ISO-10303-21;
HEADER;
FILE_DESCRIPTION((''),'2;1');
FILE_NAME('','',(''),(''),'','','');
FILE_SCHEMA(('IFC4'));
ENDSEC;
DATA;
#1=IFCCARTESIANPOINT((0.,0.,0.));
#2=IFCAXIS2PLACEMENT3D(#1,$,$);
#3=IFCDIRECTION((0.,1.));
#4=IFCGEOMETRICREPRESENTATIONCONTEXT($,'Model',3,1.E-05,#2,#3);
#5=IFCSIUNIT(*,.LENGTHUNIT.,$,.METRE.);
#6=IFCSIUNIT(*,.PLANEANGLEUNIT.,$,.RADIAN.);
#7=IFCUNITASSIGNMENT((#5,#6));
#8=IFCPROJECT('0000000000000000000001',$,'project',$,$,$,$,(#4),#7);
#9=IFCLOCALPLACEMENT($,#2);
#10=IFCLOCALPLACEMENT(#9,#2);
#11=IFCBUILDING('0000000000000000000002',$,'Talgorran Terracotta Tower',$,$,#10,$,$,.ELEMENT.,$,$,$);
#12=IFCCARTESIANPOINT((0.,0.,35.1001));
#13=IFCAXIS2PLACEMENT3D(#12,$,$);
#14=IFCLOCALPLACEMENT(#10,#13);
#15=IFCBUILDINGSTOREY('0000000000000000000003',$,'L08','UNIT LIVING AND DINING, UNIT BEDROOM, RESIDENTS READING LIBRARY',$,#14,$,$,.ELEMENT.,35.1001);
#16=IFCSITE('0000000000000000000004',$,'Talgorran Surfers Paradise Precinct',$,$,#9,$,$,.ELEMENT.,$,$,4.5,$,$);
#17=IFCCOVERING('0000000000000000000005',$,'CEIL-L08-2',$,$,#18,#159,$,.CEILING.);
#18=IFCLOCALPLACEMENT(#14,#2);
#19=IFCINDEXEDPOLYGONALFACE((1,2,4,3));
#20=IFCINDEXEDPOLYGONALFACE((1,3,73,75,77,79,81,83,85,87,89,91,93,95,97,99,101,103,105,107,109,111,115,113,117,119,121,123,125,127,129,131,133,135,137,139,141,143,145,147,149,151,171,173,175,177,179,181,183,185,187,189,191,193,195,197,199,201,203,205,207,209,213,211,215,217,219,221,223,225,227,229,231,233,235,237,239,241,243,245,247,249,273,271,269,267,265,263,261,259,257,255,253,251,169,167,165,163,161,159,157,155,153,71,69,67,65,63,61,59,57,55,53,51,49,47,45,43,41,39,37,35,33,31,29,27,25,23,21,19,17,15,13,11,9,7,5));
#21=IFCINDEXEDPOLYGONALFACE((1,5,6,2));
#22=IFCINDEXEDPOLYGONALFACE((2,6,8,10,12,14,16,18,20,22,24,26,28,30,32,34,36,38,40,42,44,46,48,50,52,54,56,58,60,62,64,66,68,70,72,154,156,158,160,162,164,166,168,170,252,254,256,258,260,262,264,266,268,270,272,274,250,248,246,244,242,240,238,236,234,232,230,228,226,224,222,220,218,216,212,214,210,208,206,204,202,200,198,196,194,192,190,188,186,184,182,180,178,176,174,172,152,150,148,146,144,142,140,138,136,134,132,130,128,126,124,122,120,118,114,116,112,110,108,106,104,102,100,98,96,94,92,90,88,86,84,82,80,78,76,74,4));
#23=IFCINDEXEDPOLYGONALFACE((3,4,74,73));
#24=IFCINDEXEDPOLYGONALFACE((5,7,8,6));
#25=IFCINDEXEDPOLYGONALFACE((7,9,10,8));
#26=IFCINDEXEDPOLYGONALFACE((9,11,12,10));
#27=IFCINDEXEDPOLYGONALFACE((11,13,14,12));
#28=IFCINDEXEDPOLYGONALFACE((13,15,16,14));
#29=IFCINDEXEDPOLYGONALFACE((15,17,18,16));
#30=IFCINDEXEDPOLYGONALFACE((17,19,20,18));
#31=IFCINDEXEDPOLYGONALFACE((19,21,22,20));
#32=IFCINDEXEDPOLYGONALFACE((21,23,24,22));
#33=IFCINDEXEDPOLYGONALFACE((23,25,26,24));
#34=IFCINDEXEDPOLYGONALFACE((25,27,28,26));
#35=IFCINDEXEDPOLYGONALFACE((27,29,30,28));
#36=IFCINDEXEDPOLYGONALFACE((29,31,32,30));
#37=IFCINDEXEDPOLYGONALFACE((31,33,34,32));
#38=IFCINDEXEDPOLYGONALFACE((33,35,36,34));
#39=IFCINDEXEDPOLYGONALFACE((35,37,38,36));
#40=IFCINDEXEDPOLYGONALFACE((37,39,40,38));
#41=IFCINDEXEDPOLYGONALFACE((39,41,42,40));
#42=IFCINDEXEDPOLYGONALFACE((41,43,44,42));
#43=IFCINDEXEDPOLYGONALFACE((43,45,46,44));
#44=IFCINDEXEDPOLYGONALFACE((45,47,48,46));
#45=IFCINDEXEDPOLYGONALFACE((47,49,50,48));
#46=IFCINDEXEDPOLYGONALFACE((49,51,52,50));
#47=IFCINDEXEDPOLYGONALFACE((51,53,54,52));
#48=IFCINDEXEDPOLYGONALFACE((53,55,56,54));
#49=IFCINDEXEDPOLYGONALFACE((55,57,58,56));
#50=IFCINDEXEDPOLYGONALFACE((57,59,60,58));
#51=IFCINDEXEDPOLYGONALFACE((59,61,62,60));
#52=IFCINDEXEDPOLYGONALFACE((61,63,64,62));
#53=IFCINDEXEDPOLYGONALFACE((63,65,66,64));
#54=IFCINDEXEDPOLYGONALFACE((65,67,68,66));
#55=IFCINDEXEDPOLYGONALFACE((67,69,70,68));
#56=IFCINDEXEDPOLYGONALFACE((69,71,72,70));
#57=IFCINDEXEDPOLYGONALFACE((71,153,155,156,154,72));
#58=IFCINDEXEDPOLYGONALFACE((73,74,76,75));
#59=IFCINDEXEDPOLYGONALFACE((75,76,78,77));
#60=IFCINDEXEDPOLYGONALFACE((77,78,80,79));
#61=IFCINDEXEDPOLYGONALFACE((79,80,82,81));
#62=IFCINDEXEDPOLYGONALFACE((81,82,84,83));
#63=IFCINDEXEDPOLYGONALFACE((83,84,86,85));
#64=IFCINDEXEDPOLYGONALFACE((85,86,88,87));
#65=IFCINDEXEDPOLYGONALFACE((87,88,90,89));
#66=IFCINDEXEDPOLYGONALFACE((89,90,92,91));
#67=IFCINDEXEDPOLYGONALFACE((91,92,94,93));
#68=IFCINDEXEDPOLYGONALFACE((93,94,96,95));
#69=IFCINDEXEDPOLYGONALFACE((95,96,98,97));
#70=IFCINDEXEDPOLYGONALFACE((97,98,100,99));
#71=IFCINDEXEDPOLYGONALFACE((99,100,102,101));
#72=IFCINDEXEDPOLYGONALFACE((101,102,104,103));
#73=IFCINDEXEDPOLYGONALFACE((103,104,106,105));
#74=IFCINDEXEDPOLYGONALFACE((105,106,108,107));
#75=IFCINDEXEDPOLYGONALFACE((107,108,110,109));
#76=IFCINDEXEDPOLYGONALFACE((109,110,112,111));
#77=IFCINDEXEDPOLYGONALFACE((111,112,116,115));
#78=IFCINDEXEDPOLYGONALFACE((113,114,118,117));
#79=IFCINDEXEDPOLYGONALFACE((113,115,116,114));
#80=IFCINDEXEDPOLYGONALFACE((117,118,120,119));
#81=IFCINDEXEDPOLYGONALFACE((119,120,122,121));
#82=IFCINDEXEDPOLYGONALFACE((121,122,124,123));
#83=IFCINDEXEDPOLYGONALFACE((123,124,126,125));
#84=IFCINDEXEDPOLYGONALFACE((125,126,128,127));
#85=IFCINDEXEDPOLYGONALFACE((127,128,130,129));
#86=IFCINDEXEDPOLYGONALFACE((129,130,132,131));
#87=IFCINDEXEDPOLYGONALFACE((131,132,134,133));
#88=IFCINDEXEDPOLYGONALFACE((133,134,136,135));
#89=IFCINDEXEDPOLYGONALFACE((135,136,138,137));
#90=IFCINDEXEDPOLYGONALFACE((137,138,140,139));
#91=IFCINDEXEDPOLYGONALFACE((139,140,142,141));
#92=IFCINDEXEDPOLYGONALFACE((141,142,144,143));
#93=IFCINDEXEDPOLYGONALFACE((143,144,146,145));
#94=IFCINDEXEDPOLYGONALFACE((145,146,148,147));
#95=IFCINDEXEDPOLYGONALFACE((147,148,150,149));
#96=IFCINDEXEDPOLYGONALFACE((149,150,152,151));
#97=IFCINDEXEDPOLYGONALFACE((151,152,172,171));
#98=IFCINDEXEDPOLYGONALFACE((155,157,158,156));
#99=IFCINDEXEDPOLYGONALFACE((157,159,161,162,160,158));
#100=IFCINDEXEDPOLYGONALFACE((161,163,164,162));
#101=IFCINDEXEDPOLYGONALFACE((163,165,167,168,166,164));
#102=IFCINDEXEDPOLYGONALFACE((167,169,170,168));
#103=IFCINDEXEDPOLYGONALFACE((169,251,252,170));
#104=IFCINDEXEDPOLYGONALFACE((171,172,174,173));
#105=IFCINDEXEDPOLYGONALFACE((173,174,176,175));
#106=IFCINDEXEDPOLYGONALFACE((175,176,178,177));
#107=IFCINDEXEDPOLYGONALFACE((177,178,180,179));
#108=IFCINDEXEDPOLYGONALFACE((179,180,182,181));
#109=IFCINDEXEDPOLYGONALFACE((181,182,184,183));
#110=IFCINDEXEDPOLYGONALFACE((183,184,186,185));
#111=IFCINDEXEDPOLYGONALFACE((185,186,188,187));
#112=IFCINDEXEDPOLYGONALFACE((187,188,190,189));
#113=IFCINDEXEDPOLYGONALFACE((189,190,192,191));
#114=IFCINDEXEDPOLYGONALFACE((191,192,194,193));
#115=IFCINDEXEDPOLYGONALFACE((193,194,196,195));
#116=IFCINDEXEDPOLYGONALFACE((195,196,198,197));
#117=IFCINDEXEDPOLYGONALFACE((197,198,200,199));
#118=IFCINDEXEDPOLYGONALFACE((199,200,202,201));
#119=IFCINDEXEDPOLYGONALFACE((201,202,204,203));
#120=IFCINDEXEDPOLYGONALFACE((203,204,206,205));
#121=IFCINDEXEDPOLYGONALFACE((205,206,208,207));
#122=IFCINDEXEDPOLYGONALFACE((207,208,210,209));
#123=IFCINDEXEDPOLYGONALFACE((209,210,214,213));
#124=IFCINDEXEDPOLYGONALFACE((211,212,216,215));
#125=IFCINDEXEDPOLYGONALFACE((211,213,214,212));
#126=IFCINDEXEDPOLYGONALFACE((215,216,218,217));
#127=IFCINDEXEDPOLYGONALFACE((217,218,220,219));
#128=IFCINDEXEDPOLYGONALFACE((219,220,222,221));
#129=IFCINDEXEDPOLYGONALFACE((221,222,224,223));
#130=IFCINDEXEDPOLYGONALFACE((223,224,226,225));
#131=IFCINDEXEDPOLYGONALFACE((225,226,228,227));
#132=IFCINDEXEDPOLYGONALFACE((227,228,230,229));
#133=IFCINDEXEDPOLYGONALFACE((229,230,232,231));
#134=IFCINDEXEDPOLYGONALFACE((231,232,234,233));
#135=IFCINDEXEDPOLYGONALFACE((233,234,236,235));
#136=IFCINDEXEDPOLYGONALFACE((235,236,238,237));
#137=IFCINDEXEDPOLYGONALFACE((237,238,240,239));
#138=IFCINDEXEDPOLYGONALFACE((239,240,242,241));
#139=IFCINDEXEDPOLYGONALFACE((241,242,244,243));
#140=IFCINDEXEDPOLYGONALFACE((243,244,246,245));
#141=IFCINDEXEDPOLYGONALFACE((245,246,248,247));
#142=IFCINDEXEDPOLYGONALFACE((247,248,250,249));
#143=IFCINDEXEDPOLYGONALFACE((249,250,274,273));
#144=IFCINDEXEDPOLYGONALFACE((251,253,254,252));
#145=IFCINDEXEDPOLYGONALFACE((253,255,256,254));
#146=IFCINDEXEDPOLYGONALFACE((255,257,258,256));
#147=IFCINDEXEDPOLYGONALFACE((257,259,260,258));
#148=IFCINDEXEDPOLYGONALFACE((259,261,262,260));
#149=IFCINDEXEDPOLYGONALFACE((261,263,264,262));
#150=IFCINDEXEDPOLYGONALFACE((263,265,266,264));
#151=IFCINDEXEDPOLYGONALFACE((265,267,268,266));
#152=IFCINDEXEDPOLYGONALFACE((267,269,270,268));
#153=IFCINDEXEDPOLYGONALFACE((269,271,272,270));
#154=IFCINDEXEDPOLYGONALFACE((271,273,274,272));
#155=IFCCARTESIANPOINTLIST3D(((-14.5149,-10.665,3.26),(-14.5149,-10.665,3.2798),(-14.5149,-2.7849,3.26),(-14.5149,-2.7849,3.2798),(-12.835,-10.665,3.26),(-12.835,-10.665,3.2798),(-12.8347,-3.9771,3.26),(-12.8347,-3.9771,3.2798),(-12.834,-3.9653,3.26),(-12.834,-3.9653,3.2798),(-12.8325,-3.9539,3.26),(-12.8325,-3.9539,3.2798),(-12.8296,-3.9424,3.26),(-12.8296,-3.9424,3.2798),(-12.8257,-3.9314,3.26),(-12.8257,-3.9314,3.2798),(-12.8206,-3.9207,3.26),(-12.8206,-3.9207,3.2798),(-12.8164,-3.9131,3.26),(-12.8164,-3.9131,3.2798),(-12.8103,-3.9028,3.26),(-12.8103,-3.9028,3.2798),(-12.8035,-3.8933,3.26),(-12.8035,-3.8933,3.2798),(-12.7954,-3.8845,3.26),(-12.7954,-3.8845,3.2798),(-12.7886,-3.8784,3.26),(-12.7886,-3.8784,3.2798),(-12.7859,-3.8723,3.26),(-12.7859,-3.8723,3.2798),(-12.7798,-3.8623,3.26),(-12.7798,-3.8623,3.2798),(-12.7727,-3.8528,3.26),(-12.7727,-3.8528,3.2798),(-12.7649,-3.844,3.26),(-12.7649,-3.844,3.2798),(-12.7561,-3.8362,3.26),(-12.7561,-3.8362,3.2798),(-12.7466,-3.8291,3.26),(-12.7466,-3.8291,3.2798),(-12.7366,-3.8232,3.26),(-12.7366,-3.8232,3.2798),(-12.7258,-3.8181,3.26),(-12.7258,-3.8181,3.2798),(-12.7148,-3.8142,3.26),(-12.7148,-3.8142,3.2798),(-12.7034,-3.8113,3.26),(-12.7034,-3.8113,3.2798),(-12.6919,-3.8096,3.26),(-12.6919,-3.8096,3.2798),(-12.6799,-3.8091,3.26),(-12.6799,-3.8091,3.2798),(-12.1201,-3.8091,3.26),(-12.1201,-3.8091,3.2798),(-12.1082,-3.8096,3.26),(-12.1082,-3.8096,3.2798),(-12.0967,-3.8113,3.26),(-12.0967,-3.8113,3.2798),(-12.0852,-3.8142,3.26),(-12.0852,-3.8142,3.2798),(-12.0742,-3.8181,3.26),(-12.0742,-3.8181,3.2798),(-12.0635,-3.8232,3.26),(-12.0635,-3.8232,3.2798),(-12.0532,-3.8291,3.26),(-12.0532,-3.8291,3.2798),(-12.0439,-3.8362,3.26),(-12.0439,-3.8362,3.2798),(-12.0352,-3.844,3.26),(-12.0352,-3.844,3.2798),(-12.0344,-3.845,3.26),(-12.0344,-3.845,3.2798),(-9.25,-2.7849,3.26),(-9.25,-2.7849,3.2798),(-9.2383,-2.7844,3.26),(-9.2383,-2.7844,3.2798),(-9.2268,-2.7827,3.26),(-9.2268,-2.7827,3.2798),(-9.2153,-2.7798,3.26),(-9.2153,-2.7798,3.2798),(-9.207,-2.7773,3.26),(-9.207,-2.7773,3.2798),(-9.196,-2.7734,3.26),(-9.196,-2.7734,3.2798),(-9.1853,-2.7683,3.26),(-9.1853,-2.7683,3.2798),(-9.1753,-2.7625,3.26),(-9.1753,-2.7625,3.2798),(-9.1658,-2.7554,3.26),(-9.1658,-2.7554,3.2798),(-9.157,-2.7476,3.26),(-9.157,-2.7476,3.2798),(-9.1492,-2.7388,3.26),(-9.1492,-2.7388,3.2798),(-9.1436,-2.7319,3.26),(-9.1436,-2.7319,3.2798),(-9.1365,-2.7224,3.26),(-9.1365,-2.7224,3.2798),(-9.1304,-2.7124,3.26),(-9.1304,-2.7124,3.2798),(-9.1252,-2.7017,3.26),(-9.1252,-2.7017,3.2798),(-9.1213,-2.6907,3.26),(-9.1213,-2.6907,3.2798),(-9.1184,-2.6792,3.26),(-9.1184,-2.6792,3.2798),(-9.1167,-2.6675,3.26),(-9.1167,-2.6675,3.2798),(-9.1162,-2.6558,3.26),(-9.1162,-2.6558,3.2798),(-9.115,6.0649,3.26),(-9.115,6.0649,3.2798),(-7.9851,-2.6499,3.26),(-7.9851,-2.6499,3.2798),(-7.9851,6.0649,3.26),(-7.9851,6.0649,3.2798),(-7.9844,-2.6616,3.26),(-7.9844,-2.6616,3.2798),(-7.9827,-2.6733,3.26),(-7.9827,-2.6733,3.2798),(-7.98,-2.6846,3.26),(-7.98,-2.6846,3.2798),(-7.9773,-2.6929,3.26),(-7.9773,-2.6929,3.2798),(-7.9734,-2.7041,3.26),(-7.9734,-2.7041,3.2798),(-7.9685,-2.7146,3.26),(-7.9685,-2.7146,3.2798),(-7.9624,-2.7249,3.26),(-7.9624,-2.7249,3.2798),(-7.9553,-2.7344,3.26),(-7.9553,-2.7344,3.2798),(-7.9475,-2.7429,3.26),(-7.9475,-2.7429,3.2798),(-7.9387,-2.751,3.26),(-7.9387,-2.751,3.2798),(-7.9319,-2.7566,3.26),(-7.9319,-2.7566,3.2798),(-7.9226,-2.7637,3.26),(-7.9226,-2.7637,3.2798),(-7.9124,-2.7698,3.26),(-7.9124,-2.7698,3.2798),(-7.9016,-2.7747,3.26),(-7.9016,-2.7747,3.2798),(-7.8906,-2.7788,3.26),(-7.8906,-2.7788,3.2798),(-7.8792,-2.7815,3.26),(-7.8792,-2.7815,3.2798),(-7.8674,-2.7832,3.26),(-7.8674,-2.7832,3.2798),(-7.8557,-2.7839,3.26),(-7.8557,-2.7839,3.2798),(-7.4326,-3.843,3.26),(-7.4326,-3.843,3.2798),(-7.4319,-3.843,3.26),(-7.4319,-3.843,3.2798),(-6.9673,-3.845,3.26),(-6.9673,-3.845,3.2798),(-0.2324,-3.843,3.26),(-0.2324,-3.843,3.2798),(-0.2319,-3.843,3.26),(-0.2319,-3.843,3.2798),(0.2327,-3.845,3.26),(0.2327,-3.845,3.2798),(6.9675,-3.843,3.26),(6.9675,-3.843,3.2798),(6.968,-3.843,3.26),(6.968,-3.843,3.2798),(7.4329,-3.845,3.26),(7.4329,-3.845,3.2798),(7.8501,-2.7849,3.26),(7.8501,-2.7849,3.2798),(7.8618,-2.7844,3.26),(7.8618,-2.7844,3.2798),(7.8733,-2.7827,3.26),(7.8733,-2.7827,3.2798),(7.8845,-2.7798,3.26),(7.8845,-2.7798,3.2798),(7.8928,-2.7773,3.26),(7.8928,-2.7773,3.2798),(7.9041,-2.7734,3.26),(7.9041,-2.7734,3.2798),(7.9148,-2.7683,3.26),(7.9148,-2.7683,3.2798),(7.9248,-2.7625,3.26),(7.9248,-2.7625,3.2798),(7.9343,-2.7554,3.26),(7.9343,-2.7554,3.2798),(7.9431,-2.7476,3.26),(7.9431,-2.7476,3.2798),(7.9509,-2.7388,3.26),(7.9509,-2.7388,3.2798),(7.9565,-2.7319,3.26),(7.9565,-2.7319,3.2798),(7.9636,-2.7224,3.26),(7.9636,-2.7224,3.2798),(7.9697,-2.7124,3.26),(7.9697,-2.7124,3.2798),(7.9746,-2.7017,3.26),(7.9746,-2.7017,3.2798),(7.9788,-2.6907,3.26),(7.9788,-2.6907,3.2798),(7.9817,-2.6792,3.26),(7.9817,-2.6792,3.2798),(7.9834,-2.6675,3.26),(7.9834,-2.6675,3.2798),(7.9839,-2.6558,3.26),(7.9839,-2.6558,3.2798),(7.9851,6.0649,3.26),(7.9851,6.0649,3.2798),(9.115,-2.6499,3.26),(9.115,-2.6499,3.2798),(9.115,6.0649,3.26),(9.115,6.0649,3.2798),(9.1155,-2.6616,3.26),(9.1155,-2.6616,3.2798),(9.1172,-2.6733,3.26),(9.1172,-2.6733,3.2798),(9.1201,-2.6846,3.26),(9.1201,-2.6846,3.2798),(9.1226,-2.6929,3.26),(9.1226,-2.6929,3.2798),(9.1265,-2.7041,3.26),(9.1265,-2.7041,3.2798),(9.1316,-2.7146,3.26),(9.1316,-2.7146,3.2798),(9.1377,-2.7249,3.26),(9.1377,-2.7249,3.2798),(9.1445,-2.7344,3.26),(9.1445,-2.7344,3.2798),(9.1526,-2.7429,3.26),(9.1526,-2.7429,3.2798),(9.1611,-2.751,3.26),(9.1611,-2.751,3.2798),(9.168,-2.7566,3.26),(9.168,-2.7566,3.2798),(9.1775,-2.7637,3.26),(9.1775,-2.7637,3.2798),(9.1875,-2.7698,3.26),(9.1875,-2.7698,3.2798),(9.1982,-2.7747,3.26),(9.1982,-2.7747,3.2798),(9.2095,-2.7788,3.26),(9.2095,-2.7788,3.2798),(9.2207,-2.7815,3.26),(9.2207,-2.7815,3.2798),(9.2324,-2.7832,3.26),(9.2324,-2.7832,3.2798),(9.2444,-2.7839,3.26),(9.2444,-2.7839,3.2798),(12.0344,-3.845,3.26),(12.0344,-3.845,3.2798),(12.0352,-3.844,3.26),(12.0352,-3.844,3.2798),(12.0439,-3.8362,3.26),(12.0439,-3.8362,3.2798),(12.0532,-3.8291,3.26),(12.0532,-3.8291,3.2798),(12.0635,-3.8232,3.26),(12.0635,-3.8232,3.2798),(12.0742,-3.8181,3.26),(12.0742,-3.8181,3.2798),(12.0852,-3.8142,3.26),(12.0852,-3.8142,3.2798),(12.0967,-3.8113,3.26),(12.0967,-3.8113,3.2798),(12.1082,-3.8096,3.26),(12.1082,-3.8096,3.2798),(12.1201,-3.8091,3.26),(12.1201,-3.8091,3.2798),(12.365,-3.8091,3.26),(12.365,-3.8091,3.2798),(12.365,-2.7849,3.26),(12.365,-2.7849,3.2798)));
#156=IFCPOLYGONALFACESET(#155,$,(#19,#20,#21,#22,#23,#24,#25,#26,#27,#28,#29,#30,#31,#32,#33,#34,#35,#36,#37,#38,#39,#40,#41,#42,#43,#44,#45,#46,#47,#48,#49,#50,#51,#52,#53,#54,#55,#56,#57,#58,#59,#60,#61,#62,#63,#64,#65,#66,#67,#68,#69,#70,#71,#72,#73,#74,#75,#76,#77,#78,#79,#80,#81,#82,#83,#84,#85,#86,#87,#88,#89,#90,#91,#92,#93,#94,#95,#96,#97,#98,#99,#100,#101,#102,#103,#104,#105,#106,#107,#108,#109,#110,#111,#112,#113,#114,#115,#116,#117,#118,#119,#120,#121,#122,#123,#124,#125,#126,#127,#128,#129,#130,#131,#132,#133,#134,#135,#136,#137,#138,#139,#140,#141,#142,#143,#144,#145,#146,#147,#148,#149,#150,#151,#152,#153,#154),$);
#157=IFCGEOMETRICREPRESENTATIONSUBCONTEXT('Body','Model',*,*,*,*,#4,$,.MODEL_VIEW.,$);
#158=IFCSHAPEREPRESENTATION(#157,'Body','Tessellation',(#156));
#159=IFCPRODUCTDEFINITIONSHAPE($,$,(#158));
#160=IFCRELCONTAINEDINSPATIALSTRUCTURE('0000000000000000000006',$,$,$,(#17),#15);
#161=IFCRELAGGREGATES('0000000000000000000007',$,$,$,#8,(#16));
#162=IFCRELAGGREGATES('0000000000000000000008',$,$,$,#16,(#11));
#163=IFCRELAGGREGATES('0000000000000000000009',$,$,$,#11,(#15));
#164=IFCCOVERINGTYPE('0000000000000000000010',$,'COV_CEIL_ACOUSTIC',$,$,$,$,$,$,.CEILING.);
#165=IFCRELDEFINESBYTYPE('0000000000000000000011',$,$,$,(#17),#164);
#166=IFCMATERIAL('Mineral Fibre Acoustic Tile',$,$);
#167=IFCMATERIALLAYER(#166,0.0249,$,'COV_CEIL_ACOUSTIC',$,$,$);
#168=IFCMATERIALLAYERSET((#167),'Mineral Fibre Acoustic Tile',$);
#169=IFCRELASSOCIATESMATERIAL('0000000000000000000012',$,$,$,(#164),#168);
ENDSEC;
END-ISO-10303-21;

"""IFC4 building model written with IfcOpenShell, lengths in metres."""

from ifc_helpers import new_model, si_unit, direction, frame, origin, place, context, subcontext, project, spatial, polyline, outline, extrude, material, layer, layer_set, type_object, element, save


model = new_model("IFC4")

# Units and contexts
model_context = context("Model", 3, precision=1e-05, world=origin(), true_north=direction((0.0, 1.0)))
body_context = subcontext(model_context, "Body", "Model", "MODEL_VIEW")
ifc_project = project(units=[si_unit("LENGTHUNIT", "METRE"), si_unit("PLANEANGLEUNIT", "RADIAN")], contexts=[model_context])

# Site, building, storey
site_placement = place(None, origin())
site = spatial("IfcSite", under=ifc_project, at=site_placement, Name="Talgorran Surfers Paradise Precinct", CompositionType="ELEMENT", RefElevation=4.5)
building_placement = place(site_placement, origin())
building = spatial("IfcBuilding", under=site, at=building_placement, Name="Talgorran Terracotta Tower", CompositionType="ELEMENT")
storey_placement = place(building_placement, frame((0.0, 0.0, 35.1001)))
storey = spatial("IfcBuildingStorey", under=building, at=storey_placement, Name="L08", Description="UNIT LIVING AND DINING, UNIT BEDROOM, RESIDENTS READING LIBRARY", CompositionType="ELEMENT", Elevation=35.1001)

# Covering
ifc_material_1 = material(Name="Mineral Fibre Acoustic Tile")
ifc_layer_1 = layer(ifc_material_1, 0.0249, Name="COV_CEIL_ACOUSTIC")
ifc_layer_set_1 = layer_set([ifc_layer_1], Name="Mineral Fibre Acoustic Tile")
covering_type_1 = type_object("IfcCoveringType", Name="COV_CEIL_ACOUSTIC", PredefinedType="CEILING", material=ifc_layer_set_1)
covering_1_placement = place(storey_placement, frame((0.0, 0.0, 3.26)))
element("IfcCovering", 1, at=covering_1_placement, inside=storey, type_object=covering_type_1, Name="CEIL-L08-2", PredefinedType="CEILING", context=body_context, shape_type="SweptSolid", body=[
    extrude(outline(polyline([(-12.7886, -3.8784), (-12.7954, -3.8845), (-12.8035, -3.8933), (-12.8103, -3.9028), (-12.8164, -3.9131), (-12.8206, -3.9207), (-12.8257, -3.9314), (-12.8296, -3.9424), (-12.8325, -3.9539), (-12.834, -3.9653), (-12.8347, -3.9771), (-12.835, -10.665), (-14.5149, -10.665), (-14.5149, -2.7849), (-9.25, -2.7849), (-9.2383, -2.7844), (-9.2268, -2.7827), (-9.2153, -2.7798), (-9.207, -2.7773), (-9.196, -2.7734), (-9.1853, -2.7683), (-9.1753, -2.7625), (-9.1658, -2.7554), (-9.157, -2.7476), (-9.1492, -2.7388), (-9.1436, -2.7319), (-9.1365, -2.7224), (-9.1304, -2.7124), (-9.1252, -2.7017), (-9.1213, -2.6907), (-9.1184, -2.6792), (-9.1167, -2.6675), (-9.1162, -2.6558), (-9.115, 6.0649), (-7.9851, 6.0649), (-7.9851, -2.6499), (-7.9844, -2.6616), (-7.9827, -2.6733), (-7.98, -2.6846), (-7.9773, -2.6929), (-7.9734, -2.7041), (-7.9685, -2.7146), (-7.9624, -2.7249), (-7.9553, -2.7344), (-7.9475, -2.7429), (-7.9387, -2.751), (-7.9319, -2.7566), (-7.9226, -2.7637), (-7.9124, -2.7698), (-7.9016, -2.7747), (-7.8906, -2.7788), (-7.8792, -2.7815), (-7.8674, -2.7832), (-7.8557, -2.7839), (7.8501, -2.7849), (7.8618, -2.7844), (7.8733, -2.7827), (7.8845, -2.7798), (7.8928, -2.7773), (7.9041, -2.7734), (7.9148, -2.7683), (7.9248, -2.7625), (7.9343, -2.7554), (7.9431, -2.7476), (7.9509, -2.7388), (7.9565, -2.7319), (7.9636, -2.7224), (7.9697, -2.7124), (7.9746, -2.7017), (7.9788, -2.6907), (7.9817, -2.6792), (7.9834, -2.6675), (7.9839, -2.6558), (7.9851, 6.0649), (9.115, 6.0649), (9.115, -2.6499), (9.1155, -2.6616), (9.1172, -2.6733), (9.1201, -2.6846), (9.1226, -2.6929), (9.1265, -2.7041), (9.1316, -2.7146), (9.1377, -2.7249), (9.1445, -2.7344), (9.1526, -2.7429), (9.1611, -2.751), (9.168, -2.7566), (9.1775, -2.7637), (9.1875, -2.7698), (9.1982, -2.7747), (9.2095, -2.7788), (9.2207, -2.7815), (9.2324, -2.7832), (9.2444, -2.7839), (12.365, -2.7849), (12.365, -3.8091), (12.1201, -3.8091), (12.1082, -3.8096), (12.0967, -3.8113), (12.0852, -3.8142), (12.0742, -3.8181), (12.0635, -3.8232), (12.0532, -3.8291), (12.0439, -3.8362), (12.0352, -3.844), (12.0344, -3.845), (7.4329, -3.845), (6.968, -3.843), (6.9675, -3.843), (0.2327, -3.845), (-0.2319, -3.843), (-0.2324, -3.843), (-6.9673, -3.845), (-7.4319, -3.843), (-7.4326, -3.843), (-12.0344, -3.845), (-12.0352, -3.844), (-12.0439, -3.8362), (-12.0532, -3.8291), (-12.0635, -3.8232), (-12.0742, -3.8181), (-12.0852, -3.8142), (-12.0967, -3.8113), (-12.1082, -3.8096), (-12.1201, -3.8091), (-12.6799, -3.8091), (-12.6919, -3.8096), (-12.7034, -3.8113), (-12.7148, -3.8142), (-12.7258, -3.8181), (-12.7366, -3.8232), (-12.7466, -3.8291), (-12.7561, -3.8362), (-12.7649, -3.844), (-12.7727, -3.8528), (-12.7798, -3.8623), (-12.7859, -3.8723), (-12.7886, -3.8784)])), origin(), (0.0, 0.0, 1.0), 0.0198),
])

save(model, "model.ifc")
